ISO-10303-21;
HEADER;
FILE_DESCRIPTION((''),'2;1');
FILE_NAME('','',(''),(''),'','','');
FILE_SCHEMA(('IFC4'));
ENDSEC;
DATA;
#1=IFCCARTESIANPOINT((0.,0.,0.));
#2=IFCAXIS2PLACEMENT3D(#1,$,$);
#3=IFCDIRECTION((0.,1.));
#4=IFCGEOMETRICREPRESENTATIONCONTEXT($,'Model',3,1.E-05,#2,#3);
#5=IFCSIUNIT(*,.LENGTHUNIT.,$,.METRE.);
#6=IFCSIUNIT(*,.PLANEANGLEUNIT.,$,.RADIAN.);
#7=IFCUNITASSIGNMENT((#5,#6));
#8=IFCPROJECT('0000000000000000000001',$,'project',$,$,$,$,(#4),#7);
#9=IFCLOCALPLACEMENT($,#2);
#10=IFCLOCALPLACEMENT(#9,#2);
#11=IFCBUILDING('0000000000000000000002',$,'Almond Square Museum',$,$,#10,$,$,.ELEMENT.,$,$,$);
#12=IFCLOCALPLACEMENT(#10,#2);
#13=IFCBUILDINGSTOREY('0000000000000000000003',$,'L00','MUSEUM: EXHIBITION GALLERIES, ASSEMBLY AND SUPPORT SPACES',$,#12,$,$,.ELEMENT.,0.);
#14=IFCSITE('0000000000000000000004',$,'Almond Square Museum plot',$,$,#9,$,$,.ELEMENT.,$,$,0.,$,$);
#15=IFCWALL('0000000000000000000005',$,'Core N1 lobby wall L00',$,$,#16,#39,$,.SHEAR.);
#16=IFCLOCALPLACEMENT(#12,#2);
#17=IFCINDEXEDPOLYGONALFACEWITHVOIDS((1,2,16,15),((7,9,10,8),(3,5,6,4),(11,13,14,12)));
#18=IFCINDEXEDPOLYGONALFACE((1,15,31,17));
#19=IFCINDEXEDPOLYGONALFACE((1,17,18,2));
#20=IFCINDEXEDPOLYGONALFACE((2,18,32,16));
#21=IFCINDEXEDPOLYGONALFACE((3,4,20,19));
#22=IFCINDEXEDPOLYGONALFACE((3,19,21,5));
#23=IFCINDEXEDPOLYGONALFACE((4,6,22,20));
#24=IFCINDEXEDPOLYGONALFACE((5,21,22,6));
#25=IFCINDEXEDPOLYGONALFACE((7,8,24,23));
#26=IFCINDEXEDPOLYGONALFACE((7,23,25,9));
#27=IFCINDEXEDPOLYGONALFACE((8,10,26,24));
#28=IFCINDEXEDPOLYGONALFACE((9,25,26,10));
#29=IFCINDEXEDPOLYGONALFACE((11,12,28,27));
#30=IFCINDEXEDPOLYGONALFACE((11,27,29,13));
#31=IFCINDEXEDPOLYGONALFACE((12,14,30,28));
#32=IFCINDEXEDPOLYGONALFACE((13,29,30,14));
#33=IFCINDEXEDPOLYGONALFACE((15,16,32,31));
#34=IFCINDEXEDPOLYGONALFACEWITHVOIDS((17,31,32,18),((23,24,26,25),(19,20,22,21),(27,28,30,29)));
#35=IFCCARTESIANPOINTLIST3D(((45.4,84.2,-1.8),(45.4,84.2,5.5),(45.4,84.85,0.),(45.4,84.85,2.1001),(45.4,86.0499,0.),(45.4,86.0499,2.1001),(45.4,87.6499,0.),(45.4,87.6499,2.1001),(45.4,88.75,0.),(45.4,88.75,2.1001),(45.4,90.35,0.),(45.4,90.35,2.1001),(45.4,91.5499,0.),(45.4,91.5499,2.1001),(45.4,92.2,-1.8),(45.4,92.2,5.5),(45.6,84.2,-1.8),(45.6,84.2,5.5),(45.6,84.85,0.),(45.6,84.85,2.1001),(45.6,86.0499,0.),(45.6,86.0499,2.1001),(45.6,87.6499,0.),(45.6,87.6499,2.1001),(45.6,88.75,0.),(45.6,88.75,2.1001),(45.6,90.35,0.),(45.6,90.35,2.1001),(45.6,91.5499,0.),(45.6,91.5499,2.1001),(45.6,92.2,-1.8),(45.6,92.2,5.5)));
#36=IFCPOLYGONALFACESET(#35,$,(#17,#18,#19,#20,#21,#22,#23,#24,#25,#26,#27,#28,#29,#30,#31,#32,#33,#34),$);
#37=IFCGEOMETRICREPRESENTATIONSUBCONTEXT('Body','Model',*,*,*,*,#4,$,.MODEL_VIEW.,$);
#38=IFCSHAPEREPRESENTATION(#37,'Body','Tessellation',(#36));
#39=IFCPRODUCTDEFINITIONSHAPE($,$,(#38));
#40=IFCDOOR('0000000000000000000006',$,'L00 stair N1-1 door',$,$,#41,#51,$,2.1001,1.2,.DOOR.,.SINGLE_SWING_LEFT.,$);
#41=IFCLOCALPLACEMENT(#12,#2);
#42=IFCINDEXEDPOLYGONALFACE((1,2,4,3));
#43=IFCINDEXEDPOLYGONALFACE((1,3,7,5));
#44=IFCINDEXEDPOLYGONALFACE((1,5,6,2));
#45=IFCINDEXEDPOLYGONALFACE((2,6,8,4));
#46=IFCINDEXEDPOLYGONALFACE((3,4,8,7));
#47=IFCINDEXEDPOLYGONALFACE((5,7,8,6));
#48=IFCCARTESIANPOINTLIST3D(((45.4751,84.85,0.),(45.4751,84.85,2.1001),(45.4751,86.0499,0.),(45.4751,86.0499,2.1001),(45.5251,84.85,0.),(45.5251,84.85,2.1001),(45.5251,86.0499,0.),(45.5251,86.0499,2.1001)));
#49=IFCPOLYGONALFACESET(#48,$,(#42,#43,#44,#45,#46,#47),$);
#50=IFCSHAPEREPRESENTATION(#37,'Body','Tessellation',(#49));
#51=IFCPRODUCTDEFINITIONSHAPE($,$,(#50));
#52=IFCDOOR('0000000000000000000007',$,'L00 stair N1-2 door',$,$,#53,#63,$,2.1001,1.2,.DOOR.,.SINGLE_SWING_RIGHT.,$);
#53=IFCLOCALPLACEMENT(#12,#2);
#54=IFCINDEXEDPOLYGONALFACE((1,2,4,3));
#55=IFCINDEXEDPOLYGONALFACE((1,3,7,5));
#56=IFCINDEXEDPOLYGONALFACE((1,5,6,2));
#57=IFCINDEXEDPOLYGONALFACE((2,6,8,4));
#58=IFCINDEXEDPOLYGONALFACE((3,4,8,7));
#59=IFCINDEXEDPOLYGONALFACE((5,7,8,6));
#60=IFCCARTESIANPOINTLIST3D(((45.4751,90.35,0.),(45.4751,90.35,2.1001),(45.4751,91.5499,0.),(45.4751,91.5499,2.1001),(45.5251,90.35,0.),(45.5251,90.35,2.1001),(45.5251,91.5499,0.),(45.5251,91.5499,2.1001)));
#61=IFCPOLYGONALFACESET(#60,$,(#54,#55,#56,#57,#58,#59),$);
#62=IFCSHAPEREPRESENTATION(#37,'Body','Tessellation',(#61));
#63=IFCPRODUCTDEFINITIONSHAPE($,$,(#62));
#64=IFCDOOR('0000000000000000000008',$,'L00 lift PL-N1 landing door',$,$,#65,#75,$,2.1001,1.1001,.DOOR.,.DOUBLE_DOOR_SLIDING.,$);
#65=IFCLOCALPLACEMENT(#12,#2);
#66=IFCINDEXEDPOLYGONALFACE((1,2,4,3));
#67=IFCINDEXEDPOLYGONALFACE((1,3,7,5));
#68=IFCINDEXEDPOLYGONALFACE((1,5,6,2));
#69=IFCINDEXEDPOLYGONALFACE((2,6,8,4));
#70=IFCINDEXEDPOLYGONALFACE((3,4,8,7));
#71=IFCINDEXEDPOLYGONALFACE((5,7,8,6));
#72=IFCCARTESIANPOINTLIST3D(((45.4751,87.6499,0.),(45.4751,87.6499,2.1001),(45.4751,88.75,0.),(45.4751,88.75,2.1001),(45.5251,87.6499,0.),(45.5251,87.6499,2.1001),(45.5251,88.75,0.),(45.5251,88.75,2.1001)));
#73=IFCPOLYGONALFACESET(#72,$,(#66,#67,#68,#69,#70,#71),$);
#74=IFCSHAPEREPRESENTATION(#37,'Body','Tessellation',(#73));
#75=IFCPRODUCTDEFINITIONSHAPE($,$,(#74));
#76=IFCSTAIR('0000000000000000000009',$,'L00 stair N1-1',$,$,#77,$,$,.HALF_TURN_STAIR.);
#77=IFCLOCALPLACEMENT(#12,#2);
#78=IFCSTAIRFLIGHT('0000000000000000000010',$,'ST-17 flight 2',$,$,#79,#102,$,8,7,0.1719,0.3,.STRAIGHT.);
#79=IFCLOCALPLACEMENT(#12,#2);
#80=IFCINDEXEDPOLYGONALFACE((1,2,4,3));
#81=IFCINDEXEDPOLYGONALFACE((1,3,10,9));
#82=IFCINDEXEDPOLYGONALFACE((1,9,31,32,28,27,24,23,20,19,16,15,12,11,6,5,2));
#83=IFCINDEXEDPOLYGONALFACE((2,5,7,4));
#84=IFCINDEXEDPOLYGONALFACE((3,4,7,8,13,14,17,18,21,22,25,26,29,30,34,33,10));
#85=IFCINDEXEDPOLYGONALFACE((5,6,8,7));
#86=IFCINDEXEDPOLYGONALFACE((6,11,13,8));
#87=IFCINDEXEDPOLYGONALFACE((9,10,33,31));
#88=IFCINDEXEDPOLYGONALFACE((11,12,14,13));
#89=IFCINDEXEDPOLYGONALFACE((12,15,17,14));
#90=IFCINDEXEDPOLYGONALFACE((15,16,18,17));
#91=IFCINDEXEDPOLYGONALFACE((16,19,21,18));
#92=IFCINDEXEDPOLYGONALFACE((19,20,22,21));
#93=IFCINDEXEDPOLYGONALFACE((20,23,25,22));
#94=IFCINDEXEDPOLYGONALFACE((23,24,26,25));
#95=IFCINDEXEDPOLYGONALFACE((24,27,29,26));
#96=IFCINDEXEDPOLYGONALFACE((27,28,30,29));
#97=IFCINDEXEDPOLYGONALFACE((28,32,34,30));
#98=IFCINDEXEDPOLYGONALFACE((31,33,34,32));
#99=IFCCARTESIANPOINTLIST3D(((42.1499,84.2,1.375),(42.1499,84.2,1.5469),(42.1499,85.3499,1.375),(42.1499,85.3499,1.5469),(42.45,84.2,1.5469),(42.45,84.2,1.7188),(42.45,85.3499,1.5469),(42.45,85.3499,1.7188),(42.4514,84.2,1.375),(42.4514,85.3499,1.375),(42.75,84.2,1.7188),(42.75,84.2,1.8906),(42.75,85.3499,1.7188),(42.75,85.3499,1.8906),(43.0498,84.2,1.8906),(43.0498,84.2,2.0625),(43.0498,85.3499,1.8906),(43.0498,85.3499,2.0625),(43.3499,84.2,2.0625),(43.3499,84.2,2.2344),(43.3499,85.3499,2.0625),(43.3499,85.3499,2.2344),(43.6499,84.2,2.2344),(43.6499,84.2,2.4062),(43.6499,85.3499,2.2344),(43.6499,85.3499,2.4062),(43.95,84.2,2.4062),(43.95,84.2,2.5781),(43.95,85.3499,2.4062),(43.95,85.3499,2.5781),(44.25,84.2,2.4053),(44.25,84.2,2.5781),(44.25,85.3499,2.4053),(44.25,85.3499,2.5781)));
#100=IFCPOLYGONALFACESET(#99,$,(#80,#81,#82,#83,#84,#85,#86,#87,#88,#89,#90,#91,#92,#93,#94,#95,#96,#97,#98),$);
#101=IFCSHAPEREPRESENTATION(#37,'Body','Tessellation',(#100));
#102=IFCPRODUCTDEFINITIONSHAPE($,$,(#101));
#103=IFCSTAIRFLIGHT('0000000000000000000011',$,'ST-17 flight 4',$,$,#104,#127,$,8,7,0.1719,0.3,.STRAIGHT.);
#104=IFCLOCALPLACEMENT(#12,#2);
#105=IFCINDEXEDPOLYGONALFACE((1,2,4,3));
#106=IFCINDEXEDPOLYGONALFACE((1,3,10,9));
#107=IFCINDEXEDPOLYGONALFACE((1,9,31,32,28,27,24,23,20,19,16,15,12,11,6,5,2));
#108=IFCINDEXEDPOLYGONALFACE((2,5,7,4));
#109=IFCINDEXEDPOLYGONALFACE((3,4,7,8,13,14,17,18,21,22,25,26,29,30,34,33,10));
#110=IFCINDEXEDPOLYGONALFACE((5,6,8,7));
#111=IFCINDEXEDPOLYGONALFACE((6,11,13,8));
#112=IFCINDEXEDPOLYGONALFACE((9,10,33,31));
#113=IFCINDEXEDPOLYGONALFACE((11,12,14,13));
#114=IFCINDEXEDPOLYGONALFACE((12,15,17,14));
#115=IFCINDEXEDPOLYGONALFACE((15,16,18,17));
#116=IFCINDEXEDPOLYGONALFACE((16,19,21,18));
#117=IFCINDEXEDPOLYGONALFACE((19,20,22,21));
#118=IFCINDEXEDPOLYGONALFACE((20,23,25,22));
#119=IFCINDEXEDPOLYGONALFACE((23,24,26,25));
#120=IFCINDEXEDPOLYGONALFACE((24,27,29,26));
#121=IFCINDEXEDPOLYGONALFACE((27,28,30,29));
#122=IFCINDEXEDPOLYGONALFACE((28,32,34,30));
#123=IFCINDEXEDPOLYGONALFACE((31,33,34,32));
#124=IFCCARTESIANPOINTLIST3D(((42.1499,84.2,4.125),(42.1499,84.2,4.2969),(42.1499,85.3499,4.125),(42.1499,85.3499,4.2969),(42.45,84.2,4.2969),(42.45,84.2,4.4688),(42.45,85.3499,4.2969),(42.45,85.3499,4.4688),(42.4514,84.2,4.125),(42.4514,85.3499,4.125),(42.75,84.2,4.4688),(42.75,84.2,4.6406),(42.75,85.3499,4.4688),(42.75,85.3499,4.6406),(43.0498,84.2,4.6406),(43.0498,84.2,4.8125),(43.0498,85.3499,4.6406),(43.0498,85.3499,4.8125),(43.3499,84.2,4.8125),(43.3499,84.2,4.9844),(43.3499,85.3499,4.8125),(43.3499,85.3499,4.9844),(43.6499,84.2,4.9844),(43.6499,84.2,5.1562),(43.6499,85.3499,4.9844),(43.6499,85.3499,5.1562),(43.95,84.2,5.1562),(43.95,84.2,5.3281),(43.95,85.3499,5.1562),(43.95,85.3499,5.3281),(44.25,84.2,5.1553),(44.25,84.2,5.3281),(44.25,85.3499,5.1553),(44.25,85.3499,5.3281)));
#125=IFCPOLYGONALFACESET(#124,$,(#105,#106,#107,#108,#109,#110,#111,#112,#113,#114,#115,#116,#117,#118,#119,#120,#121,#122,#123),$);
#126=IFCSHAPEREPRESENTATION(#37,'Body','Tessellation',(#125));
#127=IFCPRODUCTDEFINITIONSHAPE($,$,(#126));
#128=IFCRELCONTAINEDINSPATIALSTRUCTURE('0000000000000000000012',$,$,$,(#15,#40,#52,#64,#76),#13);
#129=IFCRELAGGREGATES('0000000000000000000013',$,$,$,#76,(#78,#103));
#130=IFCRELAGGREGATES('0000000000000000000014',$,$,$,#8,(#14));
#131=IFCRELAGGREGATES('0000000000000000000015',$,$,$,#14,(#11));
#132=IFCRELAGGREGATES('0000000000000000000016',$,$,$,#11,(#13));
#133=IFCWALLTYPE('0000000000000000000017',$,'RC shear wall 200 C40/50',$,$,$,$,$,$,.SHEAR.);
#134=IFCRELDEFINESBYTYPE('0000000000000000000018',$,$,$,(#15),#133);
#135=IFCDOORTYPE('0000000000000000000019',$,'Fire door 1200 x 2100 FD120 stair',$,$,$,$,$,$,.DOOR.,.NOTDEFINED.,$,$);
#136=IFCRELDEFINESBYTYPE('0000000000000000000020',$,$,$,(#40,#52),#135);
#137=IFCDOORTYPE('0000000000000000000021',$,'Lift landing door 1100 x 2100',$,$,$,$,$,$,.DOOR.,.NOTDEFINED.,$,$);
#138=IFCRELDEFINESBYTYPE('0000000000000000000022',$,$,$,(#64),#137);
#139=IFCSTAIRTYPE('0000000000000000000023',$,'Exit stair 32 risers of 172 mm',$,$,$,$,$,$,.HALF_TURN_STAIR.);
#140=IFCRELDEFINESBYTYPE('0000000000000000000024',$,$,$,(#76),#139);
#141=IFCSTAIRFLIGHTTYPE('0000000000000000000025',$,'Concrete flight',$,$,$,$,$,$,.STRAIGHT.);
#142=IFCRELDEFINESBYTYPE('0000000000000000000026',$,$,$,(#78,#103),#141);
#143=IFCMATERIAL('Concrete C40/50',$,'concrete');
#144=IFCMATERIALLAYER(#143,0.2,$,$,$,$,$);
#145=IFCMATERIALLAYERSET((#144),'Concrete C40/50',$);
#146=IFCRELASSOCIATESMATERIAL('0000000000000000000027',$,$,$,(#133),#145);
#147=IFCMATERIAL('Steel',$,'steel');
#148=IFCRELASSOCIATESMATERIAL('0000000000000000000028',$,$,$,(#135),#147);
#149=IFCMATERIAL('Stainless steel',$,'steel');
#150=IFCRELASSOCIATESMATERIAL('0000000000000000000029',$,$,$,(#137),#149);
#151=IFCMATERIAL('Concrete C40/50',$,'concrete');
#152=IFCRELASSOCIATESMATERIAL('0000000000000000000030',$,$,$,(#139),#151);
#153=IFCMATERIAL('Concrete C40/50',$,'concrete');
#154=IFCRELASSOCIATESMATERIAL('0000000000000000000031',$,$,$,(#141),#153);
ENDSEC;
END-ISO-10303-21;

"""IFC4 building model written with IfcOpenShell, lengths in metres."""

from ifc_helpers import new_model, si_unit, direction, frame, frame_2d, origin, place, context, subcontext, project, spatial, polyline, rectangle, outline, extrude, material, layer, layer_set, type_object, element, fill, aggregate, save


model = new_model("IFC4")

# Units and contexts
model_context = context("Model", 3, precision=1e-05, world=origin(), true_north=direction((0.0, 1.0)))
body_context = subcontext(model_context, "Body", "Model", "MODEL_VIEW")
ifc_project = project(units=[si_unit("LENGTHUNIT", "METRE"), si_unit("PLANEANGLEUNIT", "RADIAN")], contexts=[model_context])

# Site, building, storey
site_placement = place(None, origin())
site = spatial("IfcSite", under=ifc_project, at=site_placement, Name="Almond Square Museum plot", CompositionType="ELEMENT", RefElevation=0.0)
building_placement = place(site_placement, origin())
building = spatial("IfcBuilding", under=site, at=building_placement, Name="Almond Square Museum", CompositionType="ELEMENT")
storey_placement = place(building_placement, origin())
storey = spatial("IfcBuildingStorey", under=building, at=storey_placement, Name="L00", Description="MUSEUM: EXHIBITION GALLERIES, ASSEMBLY AND SUPPORT SPACES", CompositionType="ELEMENT", Elevation=0.0)

# Shared definitions
ifc_material_1 = material(Name="Concrete C40/50", Category="concrete")
ifc_layer_1 = layer(ifc_material_1, 0.2)
ifc_layer_set_1 = layer_set([ifc_layer_1], Name="Concrete C40/50")
wall_type_1 = type_object("IfcWallType", Name="RC shear wall 200 C40/50", PredefinedType="SHEAR", material=ifc_layer_set_1)

# Wall, openings, doors
wall_1_placement = place(storey_placement, frame((45.5, 84.2, -1.8), z_axis=(0.0, 0.0, 1.0), x_axis=(0.0, 1.0, 0.0)))
wall_1 = element("IfcWall", 1, at=wall_1_placement, inside=storey, type_object=wall_type_1, Name="Core N1 lobby wall L00", PredefinedType="SHEAR", context=body_context, shape_type="SweptSolid", body=[
    extrude(rectangle(XDim=8.0, YDim=0.2, at=frame_2d((4.0, 0.0))), origin(), (0.0, 0.0, 1.0), 7.3),
])
opening_1_placement = place(wall_1_placement, frame((0.6499, 0.0, 1.8)))
opening_1 = element("IfcOpeningElement", 2, at=opening_1_placement, cuts=wall_1, PredefinedType="OPENING", context=body_context, shape_type="SweptSolid", body=[
    extrude(rectangle(XDim=1.2, YDim=2.1001, at=frame_2d((0.6001, 1.05))), frame((0.0, 0.1099, 0.0), z_axis=(0.0, -1.0, 0.0), x_axis=(1.0, 0.0, 0.0)), (0.0, 0.0, 1.0), 0.22),
])
opening_2_placement = place(wall_1_placement, frame((6.1499, 0.0, 1.8)))
opening_2 = element("IfcOpeningElement", 3, at=opening_2_placement, cuts=wall_1, PredefinedType="OPENING", context=body_context, shape_type="SweptSolid", body=[
    extrude(rectangle(XDim=1.2, YDim=2.1001, at=frame_2d((0.6001, 1.05))), frame((0.0, 0.1099, 0.0), z_axis=(0.0, -1.0, 0.0), x_axis=(1.0, 0.0, 0.0)), (0.0, 0.0, 1.0), 0.22),
])
opening_3_placement = place(wall_1_placement, frame((3.45, 0.0, 1.8)))
opening_3 = element("IfcOpeningElement", 4, at=opening_3_placement, cuts=wall_1, PredefinedType="OPENING", context=body_context, shape_type="SweptSolid", body=[
    extrude(rectangle(XDim=1.1001, YDim=2.1001, at=frame_2d((0.55, 1.05))), frame((0.0, 0.1099, 0.0), z_axis=(0.0, -1.0, 0.0), x_axis=(1.0, 0.0, 0.0)), (0.0, 0.0, 1.0), 0.22),
])
ifc_material_2 = material(Name="Steel", Category="steel")
door_type_1 = type_object("IfcDoorType", Name="Fire door 1200 x 2100 FD120 stair", OperationType="NOTDEFINED", PredefinedType="DOOR", material=ifc_material_2)
door_1_placement = place(opening_1_placement, origin())
door_1 = element("IfcDoor", 5, at=door_1_placement, inside=storey, type_object=door_type_1, Name="L00 stair N1-1 door", OperationType="SINGLE_SWING_LEFT", OverallHeight=2.1001, OverallWidth=1.2, PredefinedType="DOOR", context=body_context, shape_type="SweptSolid", body=[
    extrude(rectangle(XDim=1.2, YDim=2.1001, at=frame_2d((0.6001, 1.05))), frame((0.0, 0.0249, 0.0), z_axis=(0.0, -1.0, 0.0), x_axis=(1.0, 0.0, 0.0)), (0.0, 0.0, 1.0), 0.05),
])
fill(opening_1, door_1)
door_2_placement = place(opening_2_placement, origin())
door_2 = element("IfcDoor", 6, at=door_2_placement, inside=storey, type_object=door_type_1, Name="L00 stair N1-2 door", OperationType="SINGLE_SWING_RIGHT", OverallHeight=2.1001, OverallWidth=1.2, PredefinedType="DOOR", context=body_context, shape_type="SweptSolid", body=[
    extrude(rectangle(XDim=1.2, YDim=2.1001, at=frame_2d((0.6001, 1.05))), frame((0.0, 0.0249, 0.0), z_axis=(0.0, -1.0, 0.0), x_axis=(1.0, 0.0, 0.0)), (0.0, 0.0, 1.0), 0.05),
])
fill(opening_2, door_2)
ifc_material_3 = material(Name="Stainless steel", Category="steel")
door_type_2 = type_object("IfcDoorType", Name="Lift landing door 1100 x 2100", OperationType="NOTDEFINED", PredefinedType="DOOR", material=ifc_material_3)
door_3_placement = place(opening_3_placement, origin())
door_3 = element("IfcDoor", 7, at=door_3_placement, inside=storey, type_object=door_type_2, Name="L00 lift PL-N1 landing door", OperationType="DOUBLE_DOOR_SLIDING", OverallHeight=2.1001, OverallWidth=1.1001, PredefinedType="DOOR", context=body_context, shape_type="SweptSolid", body=[
    extrude(rectangle(XDim=1.1001, YDim=2.1001, at=frame_2d((0.55, 1.05))), frame((0.0, 0.0249, 0.0), z_axis=(0.0, -1.0, 0.0), x_axis=(1.0, 0.0, 0.0)), (0.0, 0.0, 1.0), 0.05),
])
fill(opening_3, door_3)

# Stair, stair flights
ifc_material_4 = material(Name="Concrete C40/50", Category="concrete")
stair_type = type_object("IfcStairType", Name="Exit stair 32 risers of 172 mm", PredefinedType="HALF_TURN_STAIR", material=ifc_material_4)
stair_placement = place(storey_placement, origin())
stair = element("IfcStair", 8, at=stair_placement, inside=storey, type_object=stair_type, Name="L00 stair N1-1", PredefinedType="HALF_TURN_STAIR")
ifc_material_5 = material(Name="Concrete C40/50", Category="concrete")
stair_flight_type = type_object("IfcStairFlightType", Name="Concrete flight", PredefinedType="STRAIGHT", material=ifc_material_5)
stair_flight_1_placement = place(storey_placement, frame((42.1499, 84.7749, 1.375), z_axis=(0.0, 0.0, 1.0), x_axis=(1.0, 0.0, 0.0)))
stair_flight_1 = element("IfcStairFlight", 9, at=stair_flight_1_placement, type_object=stair_flight_type, Name="ST-17 flight 2", NumberOfRisers=8, NumberOfTreads=7, PredefinedType="STRAIGHT", RiserHeight=0.1719, TreadLength=0.3, context=body_context, shape_type="SweptSolid", body=[
    extrude(outline(polyline([(0.0, 0.0), (0.0, 0.1719), (0.3, 0.1719), (0.3, 0.3438), (0.6001, 0.3438), (0.6001, 0.5156), (0.8999, 0.5156), (0.8999, 0.6875), (1.2, 0.6875), (1.2, 0.8594), (1.5, 0.8594), (1.5, 1.0312), (1.8, 1.0312), (1.8, 1.2031), (2.1001, 1.2031), (2.1001, 1.375), (2.1001, 1.0303), (0.3015, 0.0), (0.0, 0.0)])), frame((0.0, 0.575, 0.0), z_axis=(0.0, -1.0, 0.0), x_axis=(1.0, 0.0, 0.0)), (0.0, 0.0, 1.0), 1.1499),
])
stair_flight_2_placement = place(storey_placement, frame((42.1499, 84.7749, 4.125), z_axis=(0.0, 0.0, 1.0), x_axis=(1.0, 0.0, 0.0)))
stair_flight_2 = element("IfcStairFlight", 10, at=stair_flight_2_placement, type_object=stair_flight_type, Name="ST-17 flight 4", NumberOfRisers=8, NumberOfTreads=7, PredefinedType="STRAIGHT", RiserHeight=0.1719, TreadLength=0.3, context=body_context, shape_type="SweptSolid", body=[
    extrude(outline(polyline([(0.0, 0.0), (0.0, 0.1719), (0.3, 0.1719), (0.3, 0.3438), (0.6001, 0.3438), (0.6001, 0.5156), (0.8999, 0.5156), (0.8999, 0.6875), (1.2, 0.6875), (1.2, 0.8594), (1.5, 0.8594), (1.5, 1.0312), (1.8, 1.0312), (1.8, 1.2031), (2.1001, 1.2031), (2.1001, 1.375), (2.1001, 1.0303), (0.3015, 0.0), (0.0, 0.0)])), frame((0.0, 0.575, 0.0), z_axis=(0.0, -1.0, 0.0), x_axis=(1.0, 0.0, 0.0)), (0.0, 0.0, 1.0), 1.1499),
])
aggregate(stair, [stair_flight_1, stair_flight_2])

save(model, "model.ifc")
